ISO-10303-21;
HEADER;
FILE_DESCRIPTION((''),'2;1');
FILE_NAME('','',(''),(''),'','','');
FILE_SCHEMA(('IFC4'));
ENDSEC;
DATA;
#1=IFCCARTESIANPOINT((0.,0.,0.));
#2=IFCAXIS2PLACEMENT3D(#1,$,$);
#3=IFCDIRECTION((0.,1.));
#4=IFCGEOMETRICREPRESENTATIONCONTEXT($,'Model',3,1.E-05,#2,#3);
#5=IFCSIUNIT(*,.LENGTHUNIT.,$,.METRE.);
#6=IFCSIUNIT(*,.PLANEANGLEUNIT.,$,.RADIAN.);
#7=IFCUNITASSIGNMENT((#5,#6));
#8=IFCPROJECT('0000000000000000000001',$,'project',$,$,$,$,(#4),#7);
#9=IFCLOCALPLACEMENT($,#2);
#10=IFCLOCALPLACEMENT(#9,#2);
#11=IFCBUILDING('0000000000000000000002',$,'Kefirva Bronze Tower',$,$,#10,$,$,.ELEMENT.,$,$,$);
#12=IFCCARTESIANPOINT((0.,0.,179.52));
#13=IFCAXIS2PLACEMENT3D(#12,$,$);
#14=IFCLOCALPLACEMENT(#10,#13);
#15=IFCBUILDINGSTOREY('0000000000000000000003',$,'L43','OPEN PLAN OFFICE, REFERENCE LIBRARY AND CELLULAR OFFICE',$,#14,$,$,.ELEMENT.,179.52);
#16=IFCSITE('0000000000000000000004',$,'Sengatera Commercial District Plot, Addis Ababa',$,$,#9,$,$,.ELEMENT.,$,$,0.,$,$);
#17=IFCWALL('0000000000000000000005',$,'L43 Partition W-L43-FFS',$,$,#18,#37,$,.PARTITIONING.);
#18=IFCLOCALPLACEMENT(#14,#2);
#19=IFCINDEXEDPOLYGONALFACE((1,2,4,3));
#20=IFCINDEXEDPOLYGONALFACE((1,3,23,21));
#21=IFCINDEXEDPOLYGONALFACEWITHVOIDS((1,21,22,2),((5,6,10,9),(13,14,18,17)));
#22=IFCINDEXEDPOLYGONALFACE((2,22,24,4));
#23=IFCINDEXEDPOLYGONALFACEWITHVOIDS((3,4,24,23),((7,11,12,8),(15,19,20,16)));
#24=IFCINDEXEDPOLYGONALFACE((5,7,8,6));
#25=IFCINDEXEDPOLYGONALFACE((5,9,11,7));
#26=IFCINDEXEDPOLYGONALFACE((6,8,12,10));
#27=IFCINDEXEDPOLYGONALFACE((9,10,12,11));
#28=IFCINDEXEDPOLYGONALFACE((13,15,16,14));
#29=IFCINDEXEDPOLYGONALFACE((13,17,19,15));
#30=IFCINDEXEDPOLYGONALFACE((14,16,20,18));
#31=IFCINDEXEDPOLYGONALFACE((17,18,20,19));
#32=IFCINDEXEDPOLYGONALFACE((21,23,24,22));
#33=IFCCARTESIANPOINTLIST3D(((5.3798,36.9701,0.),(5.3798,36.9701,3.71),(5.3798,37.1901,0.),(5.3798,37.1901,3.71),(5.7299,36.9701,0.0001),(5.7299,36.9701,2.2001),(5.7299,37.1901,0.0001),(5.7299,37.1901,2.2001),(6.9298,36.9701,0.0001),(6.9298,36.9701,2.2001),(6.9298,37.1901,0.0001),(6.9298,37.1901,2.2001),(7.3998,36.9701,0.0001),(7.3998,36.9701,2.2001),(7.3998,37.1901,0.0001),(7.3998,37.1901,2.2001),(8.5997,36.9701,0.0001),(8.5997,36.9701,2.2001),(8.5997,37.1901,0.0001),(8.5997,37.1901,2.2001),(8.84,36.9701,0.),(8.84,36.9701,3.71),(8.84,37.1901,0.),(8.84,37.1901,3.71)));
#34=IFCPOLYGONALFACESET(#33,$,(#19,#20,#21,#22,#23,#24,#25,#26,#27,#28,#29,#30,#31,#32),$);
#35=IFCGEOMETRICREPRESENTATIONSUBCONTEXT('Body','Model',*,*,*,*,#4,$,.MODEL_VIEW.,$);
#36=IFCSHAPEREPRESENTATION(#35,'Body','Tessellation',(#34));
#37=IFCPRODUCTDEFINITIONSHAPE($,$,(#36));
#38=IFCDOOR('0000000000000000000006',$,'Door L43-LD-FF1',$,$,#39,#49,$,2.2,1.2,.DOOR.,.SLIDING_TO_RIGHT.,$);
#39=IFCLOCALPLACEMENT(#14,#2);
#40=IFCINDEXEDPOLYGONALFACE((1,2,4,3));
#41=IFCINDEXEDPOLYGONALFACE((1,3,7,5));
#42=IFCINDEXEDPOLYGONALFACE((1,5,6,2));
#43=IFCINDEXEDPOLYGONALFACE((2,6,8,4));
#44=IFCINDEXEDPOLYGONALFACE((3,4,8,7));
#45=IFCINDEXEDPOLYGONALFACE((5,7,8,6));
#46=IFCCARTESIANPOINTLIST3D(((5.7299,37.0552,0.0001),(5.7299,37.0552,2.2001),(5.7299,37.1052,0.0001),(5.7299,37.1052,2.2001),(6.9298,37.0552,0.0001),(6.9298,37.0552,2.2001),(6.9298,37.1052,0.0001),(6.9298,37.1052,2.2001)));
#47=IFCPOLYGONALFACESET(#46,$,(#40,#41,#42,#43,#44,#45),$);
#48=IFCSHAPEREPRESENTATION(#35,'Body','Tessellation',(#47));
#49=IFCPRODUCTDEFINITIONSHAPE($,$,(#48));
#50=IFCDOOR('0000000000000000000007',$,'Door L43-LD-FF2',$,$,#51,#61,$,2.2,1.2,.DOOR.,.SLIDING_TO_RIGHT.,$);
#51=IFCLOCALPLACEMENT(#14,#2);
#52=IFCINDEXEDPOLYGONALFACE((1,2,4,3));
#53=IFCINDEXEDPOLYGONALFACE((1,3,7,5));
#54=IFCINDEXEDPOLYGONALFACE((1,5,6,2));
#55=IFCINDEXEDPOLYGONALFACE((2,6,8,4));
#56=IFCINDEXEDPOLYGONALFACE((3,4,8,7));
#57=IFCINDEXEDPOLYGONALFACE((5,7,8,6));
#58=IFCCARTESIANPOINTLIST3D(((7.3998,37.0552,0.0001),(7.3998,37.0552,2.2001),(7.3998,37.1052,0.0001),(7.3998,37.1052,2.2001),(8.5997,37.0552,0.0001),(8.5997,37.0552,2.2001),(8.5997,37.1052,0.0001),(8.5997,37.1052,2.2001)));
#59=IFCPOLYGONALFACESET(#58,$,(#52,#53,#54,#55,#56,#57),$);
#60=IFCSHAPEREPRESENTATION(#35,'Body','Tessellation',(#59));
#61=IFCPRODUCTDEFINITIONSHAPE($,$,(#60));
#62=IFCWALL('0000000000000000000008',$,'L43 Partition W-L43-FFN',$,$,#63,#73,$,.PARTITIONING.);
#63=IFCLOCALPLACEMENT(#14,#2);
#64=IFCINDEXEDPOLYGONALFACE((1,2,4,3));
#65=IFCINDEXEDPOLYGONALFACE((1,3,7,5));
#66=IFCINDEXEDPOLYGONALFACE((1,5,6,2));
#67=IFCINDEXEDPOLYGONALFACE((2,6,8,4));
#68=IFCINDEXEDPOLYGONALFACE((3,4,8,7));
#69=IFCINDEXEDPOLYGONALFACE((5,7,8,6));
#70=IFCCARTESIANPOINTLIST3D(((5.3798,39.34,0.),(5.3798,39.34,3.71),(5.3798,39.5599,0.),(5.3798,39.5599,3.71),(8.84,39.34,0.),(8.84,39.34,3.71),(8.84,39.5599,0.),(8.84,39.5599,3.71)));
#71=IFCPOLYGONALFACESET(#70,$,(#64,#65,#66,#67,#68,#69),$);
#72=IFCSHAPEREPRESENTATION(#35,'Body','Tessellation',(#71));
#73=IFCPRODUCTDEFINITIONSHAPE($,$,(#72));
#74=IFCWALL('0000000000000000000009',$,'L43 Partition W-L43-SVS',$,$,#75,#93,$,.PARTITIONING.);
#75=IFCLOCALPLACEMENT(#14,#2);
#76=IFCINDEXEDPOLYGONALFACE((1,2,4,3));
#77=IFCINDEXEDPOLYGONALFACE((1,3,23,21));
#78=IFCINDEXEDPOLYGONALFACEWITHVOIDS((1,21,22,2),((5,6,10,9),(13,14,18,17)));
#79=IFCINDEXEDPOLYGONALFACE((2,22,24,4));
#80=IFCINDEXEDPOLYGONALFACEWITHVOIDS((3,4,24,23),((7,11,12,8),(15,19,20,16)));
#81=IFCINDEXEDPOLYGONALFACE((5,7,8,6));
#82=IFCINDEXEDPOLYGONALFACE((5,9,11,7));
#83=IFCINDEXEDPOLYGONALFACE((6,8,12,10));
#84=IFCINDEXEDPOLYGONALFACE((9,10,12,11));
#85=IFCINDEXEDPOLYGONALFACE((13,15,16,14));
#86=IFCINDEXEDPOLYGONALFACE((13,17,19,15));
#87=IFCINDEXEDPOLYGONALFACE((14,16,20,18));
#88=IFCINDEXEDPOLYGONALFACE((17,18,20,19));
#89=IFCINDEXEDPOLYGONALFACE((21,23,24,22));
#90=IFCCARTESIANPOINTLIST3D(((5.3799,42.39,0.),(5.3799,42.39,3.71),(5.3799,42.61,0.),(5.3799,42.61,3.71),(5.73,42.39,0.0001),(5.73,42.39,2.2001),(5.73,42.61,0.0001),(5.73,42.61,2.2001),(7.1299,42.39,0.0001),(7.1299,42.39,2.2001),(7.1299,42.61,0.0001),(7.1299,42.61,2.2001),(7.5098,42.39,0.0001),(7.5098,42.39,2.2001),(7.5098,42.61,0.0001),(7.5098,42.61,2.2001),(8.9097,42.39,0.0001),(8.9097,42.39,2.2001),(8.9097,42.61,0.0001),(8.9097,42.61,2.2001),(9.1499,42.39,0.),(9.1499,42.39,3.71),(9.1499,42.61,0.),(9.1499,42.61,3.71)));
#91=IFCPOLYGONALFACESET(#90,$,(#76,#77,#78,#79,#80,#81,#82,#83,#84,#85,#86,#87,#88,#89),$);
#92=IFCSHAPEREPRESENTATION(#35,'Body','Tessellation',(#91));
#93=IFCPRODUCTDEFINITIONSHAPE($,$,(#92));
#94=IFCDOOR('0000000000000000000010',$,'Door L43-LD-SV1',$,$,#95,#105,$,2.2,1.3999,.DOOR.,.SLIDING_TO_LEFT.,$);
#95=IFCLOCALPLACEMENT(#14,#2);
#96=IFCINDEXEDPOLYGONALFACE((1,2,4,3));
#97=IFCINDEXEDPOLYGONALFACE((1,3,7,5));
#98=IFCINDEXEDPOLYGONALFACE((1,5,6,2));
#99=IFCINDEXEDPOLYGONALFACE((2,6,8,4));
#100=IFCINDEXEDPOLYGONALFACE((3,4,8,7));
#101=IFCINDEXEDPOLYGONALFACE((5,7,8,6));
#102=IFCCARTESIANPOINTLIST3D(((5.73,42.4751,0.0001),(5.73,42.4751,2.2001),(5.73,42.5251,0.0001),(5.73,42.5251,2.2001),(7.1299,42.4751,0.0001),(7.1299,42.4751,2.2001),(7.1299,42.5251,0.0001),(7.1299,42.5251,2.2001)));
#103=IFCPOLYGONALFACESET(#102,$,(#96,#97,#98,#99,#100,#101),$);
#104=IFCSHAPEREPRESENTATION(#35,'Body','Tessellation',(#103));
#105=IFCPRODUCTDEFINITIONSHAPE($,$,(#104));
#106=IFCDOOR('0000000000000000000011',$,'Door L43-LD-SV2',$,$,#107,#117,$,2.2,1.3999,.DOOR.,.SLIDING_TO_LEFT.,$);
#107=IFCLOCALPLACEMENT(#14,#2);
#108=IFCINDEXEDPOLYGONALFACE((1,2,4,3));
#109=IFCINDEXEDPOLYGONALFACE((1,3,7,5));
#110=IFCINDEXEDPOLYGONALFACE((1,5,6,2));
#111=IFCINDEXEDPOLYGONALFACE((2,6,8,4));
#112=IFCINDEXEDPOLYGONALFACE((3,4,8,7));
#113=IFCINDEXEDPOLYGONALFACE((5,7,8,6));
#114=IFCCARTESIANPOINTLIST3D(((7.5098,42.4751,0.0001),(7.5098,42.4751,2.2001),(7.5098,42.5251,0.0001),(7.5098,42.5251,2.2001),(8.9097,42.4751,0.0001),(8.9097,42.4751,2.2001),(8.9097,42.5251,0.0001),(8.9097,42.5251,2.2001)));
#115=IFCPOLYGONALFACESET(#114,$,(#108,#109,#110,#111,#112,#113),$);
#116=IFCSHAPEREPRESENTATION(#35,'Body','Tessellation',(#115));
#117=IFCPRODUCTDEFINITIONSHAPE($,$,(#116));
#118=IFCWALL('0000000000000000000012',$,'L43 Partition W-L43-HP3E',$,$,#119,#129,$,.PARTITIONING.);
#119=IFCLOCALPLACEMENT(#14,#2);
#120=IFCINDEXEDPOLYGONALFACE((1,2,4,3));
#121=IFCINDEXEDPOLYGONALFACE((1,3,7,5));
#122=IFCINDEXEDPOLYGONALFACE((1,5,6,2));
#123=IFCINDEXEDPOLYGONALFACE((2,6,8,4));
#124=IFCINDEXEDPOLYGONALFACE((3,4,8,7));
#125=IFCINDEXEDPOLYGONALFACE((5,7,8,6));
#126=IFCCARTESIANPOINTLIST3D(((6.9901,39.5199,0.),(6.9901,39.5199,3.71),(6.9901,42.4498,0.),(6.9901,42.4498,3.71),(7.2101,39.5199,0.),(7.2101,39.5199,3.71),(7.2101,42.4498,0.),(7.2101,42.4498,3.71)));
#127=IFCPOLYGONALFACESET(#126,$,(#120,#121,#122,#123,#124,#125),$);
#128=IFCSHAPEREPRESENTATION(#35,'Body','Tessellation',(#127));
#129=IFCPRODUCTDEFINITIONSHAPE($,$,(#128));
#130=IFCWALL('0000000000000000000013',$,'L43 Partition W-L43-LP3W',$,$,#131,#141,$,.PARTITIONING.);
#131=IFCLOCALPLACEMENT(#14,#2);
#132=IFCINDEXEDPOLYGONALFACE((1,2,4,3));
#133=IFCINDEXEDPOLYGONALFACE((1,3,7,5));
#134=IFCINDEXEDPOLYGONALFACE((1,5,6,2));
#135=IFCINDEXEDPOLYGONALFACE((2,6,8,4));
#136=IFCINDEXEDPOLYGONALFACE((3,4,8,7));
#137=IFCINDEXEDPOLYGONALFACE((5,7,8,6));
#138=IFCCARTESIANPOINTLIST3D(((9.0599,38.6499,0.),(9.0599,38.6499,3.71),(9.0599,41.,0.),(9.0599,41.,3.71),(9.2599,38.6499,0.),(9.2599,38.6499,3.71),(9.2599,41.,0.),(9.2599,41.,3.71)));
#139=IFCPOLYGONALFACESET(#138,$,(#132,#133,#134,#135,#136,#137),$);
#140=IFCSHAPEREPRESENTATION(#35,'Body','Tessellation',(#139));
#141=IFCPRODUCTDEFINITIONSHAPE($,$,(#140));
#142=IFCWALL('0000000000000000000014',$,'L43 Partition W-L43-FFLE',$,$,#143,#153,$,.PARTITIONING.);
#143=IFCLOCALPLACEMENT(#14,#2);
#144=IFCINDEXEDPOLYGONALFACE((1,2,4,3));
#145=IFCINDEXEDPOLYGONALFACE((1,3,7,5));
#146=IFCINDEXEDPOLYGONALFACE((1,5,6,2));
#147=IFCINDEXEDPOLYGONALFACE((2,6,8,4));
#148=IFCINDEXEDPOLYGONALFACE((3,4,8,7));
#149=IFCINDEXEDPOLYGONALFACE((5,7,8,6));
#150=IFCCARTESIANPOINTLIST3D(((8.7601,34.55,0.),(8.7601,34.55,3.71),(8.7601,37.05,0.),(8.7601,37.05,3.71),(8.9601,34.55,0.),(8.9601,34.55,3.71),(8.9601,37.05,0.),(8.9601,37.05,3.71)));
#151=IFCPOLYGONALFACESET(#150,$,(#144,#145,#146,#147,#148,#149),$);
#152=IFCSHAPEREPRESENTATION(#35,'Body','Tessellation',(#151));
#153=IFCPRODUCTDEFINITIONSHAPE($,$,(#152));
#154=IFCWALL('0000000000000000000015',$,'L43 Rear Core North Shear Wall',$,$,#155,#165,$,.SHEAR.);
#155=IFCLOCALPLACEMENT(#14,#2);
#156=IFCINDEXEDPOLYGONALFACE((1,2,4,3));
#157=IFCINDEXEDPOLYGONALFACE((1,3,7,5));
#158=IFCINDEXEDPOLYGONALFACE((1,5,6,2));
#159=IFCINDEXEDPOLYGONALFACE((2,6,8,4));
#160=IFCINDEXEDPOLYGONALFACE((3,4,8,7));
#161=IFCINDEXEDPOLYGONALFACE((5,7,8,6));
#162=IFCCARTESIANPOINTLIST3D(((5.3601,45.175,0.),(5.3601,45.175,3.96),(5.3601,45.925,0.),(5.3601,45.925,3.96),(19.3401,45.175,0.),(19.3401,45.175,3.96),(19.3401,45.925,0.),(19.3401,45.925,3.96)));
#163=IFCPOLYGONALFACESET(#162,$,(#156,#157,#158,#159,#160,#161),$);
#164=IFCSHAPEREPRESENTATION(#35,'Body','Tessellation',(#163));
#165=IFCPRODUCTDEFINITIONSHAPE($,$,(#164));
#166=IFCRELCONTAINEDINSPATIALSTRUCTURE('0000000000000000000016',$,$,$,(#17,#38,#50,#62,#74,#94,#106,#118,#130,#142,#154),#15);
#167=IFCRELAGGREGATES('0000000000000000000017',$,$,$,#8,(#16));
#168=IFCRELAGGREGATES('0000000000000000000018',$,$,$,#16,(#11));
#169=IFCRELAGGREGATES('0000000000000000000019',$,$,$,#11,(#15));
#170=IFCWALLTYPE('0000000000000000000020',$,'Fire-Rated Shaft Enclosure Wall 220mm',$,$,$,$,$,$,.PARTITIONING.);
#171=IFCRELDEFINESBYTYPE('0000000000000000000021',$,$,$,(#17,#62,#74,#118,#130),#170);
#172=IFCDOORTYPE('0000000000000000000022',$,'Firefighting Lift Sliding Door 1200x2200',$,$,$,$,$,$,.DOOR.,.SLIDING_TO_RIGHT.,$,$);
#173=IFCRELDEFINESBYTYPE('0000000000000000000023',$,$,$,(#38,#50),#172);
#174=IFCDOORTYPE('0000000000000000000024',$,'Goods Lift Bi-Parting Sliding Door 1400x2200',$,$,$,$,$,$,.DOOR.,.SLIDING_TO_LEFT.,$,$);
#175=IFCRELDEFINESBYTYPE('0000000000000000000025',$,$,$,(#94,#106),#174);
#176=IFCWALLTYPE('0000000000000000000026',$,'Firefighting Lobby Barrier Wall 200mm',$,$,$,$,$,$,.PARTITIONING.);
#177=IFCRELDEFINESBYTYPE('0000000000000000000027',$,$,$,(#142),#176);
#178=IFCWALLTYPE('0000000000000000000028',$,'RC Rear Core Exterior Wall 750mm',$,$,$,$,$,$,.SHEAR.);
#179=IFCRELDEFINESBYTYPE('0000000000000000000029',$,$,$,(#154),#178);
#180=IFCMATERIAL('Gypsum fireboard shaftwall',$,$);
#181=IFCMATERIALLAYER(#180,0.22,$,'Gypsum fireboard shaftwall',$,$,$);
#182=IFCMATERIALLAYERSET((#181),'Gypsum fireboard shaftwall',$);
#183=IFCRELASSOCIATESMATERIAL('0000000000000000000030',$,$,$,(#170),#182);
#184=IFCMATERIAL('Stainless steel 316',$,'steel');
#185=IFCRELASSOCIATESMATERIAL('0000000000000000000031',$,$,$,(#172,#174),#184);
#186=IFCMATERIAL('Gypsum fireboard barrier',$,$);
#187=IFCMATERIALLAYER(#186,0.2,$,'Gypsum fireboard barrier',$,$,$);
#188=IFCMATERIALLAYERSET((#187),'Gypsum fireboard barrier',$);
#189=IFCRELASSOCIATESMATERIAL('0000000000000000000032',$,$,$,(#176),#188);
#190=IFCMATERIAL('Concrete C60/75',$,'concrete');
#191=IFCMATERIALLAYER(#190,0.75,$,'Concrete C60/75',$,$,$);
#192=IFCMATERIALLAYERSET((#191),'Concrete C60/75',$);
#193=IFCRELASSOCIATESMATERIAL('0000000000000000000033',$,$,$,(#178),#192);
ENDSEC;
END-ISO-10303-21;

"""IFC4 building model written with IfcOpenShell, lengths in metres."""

from ifc_helpers import new_model, si_unit, direction, frame, frame_2d, origin, place, context, subcontext, project, spatial, rectangle, extrude, material, layer, layer_set, type_object, element, fill, save


model = new_model("IFC4")

# Units and contexts
model_context = context("Model", 3, precision=1e-05, world=origin(), true_north=direction((0.0, 1.0)))
body_context = subcontext(model_context, "Body", "Model", "MODEL_VIEW")
ifc_project = project(units=[si_unit("LENGTHUNIT", "METRE"), si_unit("PLANEANGLEUNIT", "RADIAN")], contexts=[model_context])

# Site, building, storey
site_placement = place(None, origin())
site = spatial("IfcSite", under=ifc_project, at=site_placement, Name="Sengatera Commercial District Plot, Addis Ababa", CompositionType="ELEMENT", RefElevation=0.0)
building_placement = place(site_placement, origin())
building = spatial("IfcBuilding", under=site, at=building_placement, Name="Kefirva Bronze Tower", CompositionType="ELEMENT")
storey_placement = place(building_placement, frame((0.0, 0.0, 179.52)))
storey = spatial("IfcBuildingStorey", under=building, at=storey_placement, Name="L43", Description="OPEN PLAN OFFICE, REFERENCE LIBRARY AND CELLULAR OFFICE", CompositionType="ELEMENT", Elevation=179.52)

# Wall, openings, doors
ifc_material_1 = material(Name="Gypsum fireboard shaftwall")
ifc_layer_1 = layer(ifc_material_1, 0.22, Name="Gypsum fireboard shaftwall")
ifc_layer_set_1 = layer_set([ifc_layer_1], Name="Gypsum fireboard shaftwall")
wall_type_1 = type_object("IfcWallType", Name="Fire-Rated Shaft Enclosure Wall 220mm", PredefinedType="PARTITIONING", material=ifc_layer_set_1)
wall_1_placement = place(storey_placement, frame((5.3799, 37.0801, 0.0), z_axis=(0.0, 0.0, 1.0), x_axis=(1.0, 0.0, 0.0)))
wall_1 = element("IfcWall", 1, at=wall_1_placement, inside=storey, type_object=wall_type_1, Name="L43 Partition W-L43-FFS", PredefinedType="PARTITIONING", context=body_context, shape_type="SweptSolid", body=[
    extrude(rectangle(XDim=3.4602, YDim=0.22, at=frame_2d((1.73, 0.0))), origin(), (0.0, 0.0, 1.0), 3.71),
])
opening_1_placement = place(wall_1_placement, frame((1.55, 0.0, 0.0), z_axis=(0.0, 0.0, 1.0), x_axis=(-1.0, 0.0, 0.0)))
opening_1 = element("IfcOpeningElement", 2, at=opening_1_placement, cuts=wall_1, PredefinedType="OPENING", context=body_context, shape_type="SweptSolid", body=[
    extrude(rectangle(XDim=1.2, YDim=2.2, at=frame_2d((0.6001, 1.1001))), frame((0.0, 0.1201, 0.0), z_axis=(0.0, -1.0, 0.0), x_axis=(1.0, 0.0, 0.0)), (0.0, 0.0, 1.0), 0.24),
])
opening_2_placement = place(wall_1_placement, frame((3.22, 0.0, 0.0), z_axis=(0.0, 0.0, 1.0), x_axis=(-1.0, 0.0, 0.0)))
opening_2 = element("IfcOpeningElement", 3, at=opening_2_placement, cuts=wall_1, PredefinedType="OPENING", context=body_context, shape_type="SweptSolid", body=[
    extrude(rectangle(XDim=1.2, YDim=2.2, at=frame_2d((0.6001, 1.1001))), frame((0.0, 0.1201, 0.0), z_axis=(0.0, -1.0, 0.0), x_axis=(1.0, 0.0, 0.0)), (0.0, 0.0, 1.0), 0.24),
])
ifc_material_2 = material(Name="Stainless steel 316", Category="steel")
door_type_1 = type_object("IfcDoorType", Name="Firefighting Lift Sliding Door 1200x2200", OperationType="SLIDING_TO_RIGHT", PredefinedType="DOOR", material=ifc_material_2)
door_1_placement = place(opening_1_placement, origin())
door_1 = element("IfcDoor", 4, at=door_1_placement, inside=storey, type_object=door_type_1, Name="Door L43-LD-FF1", OperationType="SLIDING_TO_RIGHT", OverallHeight=2.2, OverallWidth=1.2, PredefinedType="DOOR", context=body_context, shape_type="SweptSolid", body=[
    extrude(rectangle(XDim=1.2, YDim=2.2, at=frame_2d((0.6001, 1.1001))), frame((0.0, 0.0249, 0.0), z_axis=(0.0, -1.0, 0.0), x_axis=(1.0, 0.0, 0.0)), (0.0, 0.0, 1.0), 0.05),
])
fill(opening_1, door_1)
door_2_placement = place(opening_2_placement, origin())
door_2 = element("IfcDoor", 5, at=door_2_placement, inside=storey, type_object=door_type_1, Name="Door L43-LD-FF2", OperationType="SLIDING_TO_RIGHT", OverallHeight=2.2, OverallWidth=1.2, PredefinedType="DOOR", context=body_context, shape_type="SweptSolid", body=[
    extrude(rectangle(XDim=1.2, YDim=2.2, at=frame_2d((0.6001, 1.1001))), frame((0.0, 0.0249, 0.0), z_axis=(0.0, -1.0, 0.0), x_axis=(1.0, 0.0, 0.0)), (0.0, 0.0, 1.0), 0.05),
])
fill(opening_2, door_2)

# Wall
wall_2_placement = place(storey_placement, frame((5.3799, 39.45, 0.0), z_axis=(0.0, 0.0, 1.0), x_axis=(1.0, 0.0, 0.0)))
element("IfcWall", 6, at=wall_2_placement, inside=storey, type_object=wall_type_1, Name="L43 Partition W-L43-FFN", PredefinedType="PARTITIONING", context=body_context, shape_type="SweptSolid", body=[
    extrude(rectangle(XDim=3.4602, YDim=0.22, at=frame_2d((1.73, 0.0))), origin(), (0.0, 0.0, 1.0), 3.71),
])

# Wall, openings, doors
wall_3_placement = place(storey_placement, frame((5.3799, 42.5, 0.0), z_axis=(0.0, 0.0, 1.0), x_axis=(1.0, 0.0, 0.0)))
wall_3 = element("IfcWall", 7, at=wall_3_placement, inside=storey, type_object=wall_type_1, Name="L43 Partition W-L43-SVS", PredefinedType="PARTITIONING", context=body_context, shape_type="SweptSolid", body=[
    extrude(rectangle(XDim=3.77, YDim=0.22, at=frame_2d((1.885, 0.0))), origin(), (0.0, 0.0, 1.0), 3.71),
])
opening_3_placement = place(wall_3_placement, frame((1.75, 0.0, 0.0), z_axis=(0.0, 0.0, 1.0), x_axis=(-1.0, 0.0, 0.0)))
opening_3 = element("IfcOpeningElement", 8, at=opening_3_placement, cuts=wall_3, PredefinedType="OPENING", context=body_context, shape_type="SweptSolid", body=[
    extrude(rectangle(XDim=1.3999, YDim=2.2, at=frame_2d((0.7, 1.1001))), frame((0.0, 0.1201, 0.0), z_axis=(0.0, -1.0, 0.0), x_axis=(1.0, 0.0, 0.0)), (0.0, 0.0, 1.0), 0.24),
])
opening_4_placement = place(wall_3_placement, frame((3.5298, 0.0, 0.0), z_axis=(0.0, 0.0, 1.0), x_axis=(-1.0, 0.0, 0.0)))
opening_4 = element("IfcOpeningElement", 9, at=opening_4_placement, cuts=wall_3, PredefinedType="OPENING", context=body_context, shape_type="SweptSolid", body=[
    extrude(rectangle(XDim=1.3999, YDim=2.2, at=frame_2d((0.7, 1.1001))), frame((0.0, 0.1201, 0.0), z_axis=(0.0, -1.0, 0.0), x_axis=(1.0, 0.0, 0.0)), (0.0, 0.0, 1.0), 0.24),
])
door_type_2 = type_object("IfcDoorType", Name="Goods Lift Bi-Parting Sliding Door 1400x2200", OperationType="SLIDING_TO_LEFT", PredefinedType="DOOR", material=ifc_material_2)
door_3_placement = place(opening_3_placement, origin())
door_3 = element("IfcDoor", 10, at=door_3_placement, inside=storey, type_object=door_type_2, Name="Door L43-LD-SV1", OperationType="SLIDING_TO_LEFT", OverallHeight=2.2, OverallWidth=1.3999, PredefinedType="DOOR", context=body_context, shape_type="SweptSolid", body=[
    extrude(rectangle(XDim=1.3999, YDim=2.2, at=frame_2d((0.7, 1.1001))), frame((0.0, 0.0249, 0.0), z_axis=(0.0, -1.0, 0.0), x_axis=(1.0, 0.0, 0.0)), (0.0, 0.0, 1.0), 0.05),
])
fill(opening_3, door_3)
door_4_placement = place(opening_4_placement, origin())
door_4 = element("IfcDoor", 11, at=door_4_placement, inside=storey, type_object=door_type_2, Name="Door L43-LD-SV2", OperationType="SLIDING_TO_LEFT", OverallHeight=2.2, OverallWidth=1.3999, PredefinedType="DOOR", context=body_context, shape_type="SweptSolid", body=[
    extrude(rectangle(XDim=1.3999, YDim=2.2, at=frame_2d((0.7, 1.1001))), frame((0.0, 0.0249, 0.0), z_axis=(0.0, -1.0, 0.0), x_axis=(1.0, 0.0, 0.0)), (0.0, 0.0, 1.0), 0.05),
])
fill(opening_4, door_4)

# Walls
wall_4_placement = place(storey_placement, frame((7.1001, 39.52, 0.0), z_axis=(0.0, 0.0, 1.0), x_axis=(0.0, 1.0, 0.0)))
element("IfcWall", 12, at=wall_4_placement, inside=storey, type_object=wall_type_1, Name="L43 Partition W-L43-HP3E", PredefinedType="PARTITIONING", context=body_context, shape_type="SweptSolid", body=[
    extrude(rectangle(XDim=2.9299, YDim=0.22, at=frame_2d((1.4648, 0.0))), origin(), (0.0, 0.0, 1.0), 3.71),
])
wall_5_placement = place(storey_placement, frame((9.1599, 38.6499, 0.0), z_axis=(0.0, 0.0, 1.0), x_axis=(0.0, 1.0, 0.0)))
element("IfcWall", 13, at=wall_5_placement, inside=storey, type_object=wall_type_1, Name="L43 Partition W-L43-LP3W", PredefinedType="PARTITIONING", context=body_context, shape_type="SweptSolid", body=[
    extrude(rectangle(XDim=2.3501, YDim=0.2, at=frame_2d((1.175, 0.0))), origin(), (0.0, 0.0, 1.0), 3.71),
])
ifc_material_3 = material(Name="Gypsum fireboard barrier")
ifc_layer_2 = layer(ifc_material_3, 0.2, Name="Gypsum fireboard barrier")
ifc_layer_set_2 = layer_set([ifc_layer_2], Name="Gypsum fireboard barrier")
wall_type_2 = type_object("IfcWallType", Name="Firefighting Lobby Barrier Wall 200mm", PredefinedType="PARTITIONING", material=ifc_layer_set_2)
wall_6_placement = place(storey_placement, frame((8.8601, 34.55, 0.0), z_axis=(0.0, 0.0, 1.0), x_axis=(0.0, 1.0, 0.0)))
element("IfcWall", 14, at=wall_6_placement, inside=storey, type_object=wall_type_2, Name="L43 Partition W-L43-FFLE", PredefinedType="PARTITIONING", context=body_context, shape_type="SweptSolid", body=[
    extrude(rectangle(XDim=2.5, YDim=0.2, at=frame_2d((1.25, 0.0))), origin(), (0.0, 0.0, 1.0), 3.71),
])

# Wall
ifc_material_4 = material(Name="Concrete C60/75", Category="concrete")
ifc_layer_3 = layer(ifc_material_4, 0.75, Name="Concrete C60/75")
ifc_layer_set_3 = layer_set([ifc_layer_3], Name="Concrete C60/75")
wall_type_3 = type_object("IfcWallType", Name="RC Rear Core Exterior Wall 750mm", PredefinedType="SHEAR", material=ifc_layer_set_3)
wall_7_placement = place(storey_placement, frame((5.3601, 45.55, 0.0), z_axis=(0.0, 0.0, 1.0), x_axis=(1.0, 0.0, 0.0)))
element("IfcWall", 15, at=wall_7_placement, inside=storey, type_object=wall_type_3, Name="L43 Rear Core North Shear Wall", PredefinedType="SHEAR", context=body_context, shape_type="SweptSolid", body=[
    extrude(rectangle(XDim=13.98, YDim=0.75, at=frame_2d((6.99, 0.0))), origin(), (0.0, 0.0, 1.0), 3.96),
])

save(model, "model.ifc")
